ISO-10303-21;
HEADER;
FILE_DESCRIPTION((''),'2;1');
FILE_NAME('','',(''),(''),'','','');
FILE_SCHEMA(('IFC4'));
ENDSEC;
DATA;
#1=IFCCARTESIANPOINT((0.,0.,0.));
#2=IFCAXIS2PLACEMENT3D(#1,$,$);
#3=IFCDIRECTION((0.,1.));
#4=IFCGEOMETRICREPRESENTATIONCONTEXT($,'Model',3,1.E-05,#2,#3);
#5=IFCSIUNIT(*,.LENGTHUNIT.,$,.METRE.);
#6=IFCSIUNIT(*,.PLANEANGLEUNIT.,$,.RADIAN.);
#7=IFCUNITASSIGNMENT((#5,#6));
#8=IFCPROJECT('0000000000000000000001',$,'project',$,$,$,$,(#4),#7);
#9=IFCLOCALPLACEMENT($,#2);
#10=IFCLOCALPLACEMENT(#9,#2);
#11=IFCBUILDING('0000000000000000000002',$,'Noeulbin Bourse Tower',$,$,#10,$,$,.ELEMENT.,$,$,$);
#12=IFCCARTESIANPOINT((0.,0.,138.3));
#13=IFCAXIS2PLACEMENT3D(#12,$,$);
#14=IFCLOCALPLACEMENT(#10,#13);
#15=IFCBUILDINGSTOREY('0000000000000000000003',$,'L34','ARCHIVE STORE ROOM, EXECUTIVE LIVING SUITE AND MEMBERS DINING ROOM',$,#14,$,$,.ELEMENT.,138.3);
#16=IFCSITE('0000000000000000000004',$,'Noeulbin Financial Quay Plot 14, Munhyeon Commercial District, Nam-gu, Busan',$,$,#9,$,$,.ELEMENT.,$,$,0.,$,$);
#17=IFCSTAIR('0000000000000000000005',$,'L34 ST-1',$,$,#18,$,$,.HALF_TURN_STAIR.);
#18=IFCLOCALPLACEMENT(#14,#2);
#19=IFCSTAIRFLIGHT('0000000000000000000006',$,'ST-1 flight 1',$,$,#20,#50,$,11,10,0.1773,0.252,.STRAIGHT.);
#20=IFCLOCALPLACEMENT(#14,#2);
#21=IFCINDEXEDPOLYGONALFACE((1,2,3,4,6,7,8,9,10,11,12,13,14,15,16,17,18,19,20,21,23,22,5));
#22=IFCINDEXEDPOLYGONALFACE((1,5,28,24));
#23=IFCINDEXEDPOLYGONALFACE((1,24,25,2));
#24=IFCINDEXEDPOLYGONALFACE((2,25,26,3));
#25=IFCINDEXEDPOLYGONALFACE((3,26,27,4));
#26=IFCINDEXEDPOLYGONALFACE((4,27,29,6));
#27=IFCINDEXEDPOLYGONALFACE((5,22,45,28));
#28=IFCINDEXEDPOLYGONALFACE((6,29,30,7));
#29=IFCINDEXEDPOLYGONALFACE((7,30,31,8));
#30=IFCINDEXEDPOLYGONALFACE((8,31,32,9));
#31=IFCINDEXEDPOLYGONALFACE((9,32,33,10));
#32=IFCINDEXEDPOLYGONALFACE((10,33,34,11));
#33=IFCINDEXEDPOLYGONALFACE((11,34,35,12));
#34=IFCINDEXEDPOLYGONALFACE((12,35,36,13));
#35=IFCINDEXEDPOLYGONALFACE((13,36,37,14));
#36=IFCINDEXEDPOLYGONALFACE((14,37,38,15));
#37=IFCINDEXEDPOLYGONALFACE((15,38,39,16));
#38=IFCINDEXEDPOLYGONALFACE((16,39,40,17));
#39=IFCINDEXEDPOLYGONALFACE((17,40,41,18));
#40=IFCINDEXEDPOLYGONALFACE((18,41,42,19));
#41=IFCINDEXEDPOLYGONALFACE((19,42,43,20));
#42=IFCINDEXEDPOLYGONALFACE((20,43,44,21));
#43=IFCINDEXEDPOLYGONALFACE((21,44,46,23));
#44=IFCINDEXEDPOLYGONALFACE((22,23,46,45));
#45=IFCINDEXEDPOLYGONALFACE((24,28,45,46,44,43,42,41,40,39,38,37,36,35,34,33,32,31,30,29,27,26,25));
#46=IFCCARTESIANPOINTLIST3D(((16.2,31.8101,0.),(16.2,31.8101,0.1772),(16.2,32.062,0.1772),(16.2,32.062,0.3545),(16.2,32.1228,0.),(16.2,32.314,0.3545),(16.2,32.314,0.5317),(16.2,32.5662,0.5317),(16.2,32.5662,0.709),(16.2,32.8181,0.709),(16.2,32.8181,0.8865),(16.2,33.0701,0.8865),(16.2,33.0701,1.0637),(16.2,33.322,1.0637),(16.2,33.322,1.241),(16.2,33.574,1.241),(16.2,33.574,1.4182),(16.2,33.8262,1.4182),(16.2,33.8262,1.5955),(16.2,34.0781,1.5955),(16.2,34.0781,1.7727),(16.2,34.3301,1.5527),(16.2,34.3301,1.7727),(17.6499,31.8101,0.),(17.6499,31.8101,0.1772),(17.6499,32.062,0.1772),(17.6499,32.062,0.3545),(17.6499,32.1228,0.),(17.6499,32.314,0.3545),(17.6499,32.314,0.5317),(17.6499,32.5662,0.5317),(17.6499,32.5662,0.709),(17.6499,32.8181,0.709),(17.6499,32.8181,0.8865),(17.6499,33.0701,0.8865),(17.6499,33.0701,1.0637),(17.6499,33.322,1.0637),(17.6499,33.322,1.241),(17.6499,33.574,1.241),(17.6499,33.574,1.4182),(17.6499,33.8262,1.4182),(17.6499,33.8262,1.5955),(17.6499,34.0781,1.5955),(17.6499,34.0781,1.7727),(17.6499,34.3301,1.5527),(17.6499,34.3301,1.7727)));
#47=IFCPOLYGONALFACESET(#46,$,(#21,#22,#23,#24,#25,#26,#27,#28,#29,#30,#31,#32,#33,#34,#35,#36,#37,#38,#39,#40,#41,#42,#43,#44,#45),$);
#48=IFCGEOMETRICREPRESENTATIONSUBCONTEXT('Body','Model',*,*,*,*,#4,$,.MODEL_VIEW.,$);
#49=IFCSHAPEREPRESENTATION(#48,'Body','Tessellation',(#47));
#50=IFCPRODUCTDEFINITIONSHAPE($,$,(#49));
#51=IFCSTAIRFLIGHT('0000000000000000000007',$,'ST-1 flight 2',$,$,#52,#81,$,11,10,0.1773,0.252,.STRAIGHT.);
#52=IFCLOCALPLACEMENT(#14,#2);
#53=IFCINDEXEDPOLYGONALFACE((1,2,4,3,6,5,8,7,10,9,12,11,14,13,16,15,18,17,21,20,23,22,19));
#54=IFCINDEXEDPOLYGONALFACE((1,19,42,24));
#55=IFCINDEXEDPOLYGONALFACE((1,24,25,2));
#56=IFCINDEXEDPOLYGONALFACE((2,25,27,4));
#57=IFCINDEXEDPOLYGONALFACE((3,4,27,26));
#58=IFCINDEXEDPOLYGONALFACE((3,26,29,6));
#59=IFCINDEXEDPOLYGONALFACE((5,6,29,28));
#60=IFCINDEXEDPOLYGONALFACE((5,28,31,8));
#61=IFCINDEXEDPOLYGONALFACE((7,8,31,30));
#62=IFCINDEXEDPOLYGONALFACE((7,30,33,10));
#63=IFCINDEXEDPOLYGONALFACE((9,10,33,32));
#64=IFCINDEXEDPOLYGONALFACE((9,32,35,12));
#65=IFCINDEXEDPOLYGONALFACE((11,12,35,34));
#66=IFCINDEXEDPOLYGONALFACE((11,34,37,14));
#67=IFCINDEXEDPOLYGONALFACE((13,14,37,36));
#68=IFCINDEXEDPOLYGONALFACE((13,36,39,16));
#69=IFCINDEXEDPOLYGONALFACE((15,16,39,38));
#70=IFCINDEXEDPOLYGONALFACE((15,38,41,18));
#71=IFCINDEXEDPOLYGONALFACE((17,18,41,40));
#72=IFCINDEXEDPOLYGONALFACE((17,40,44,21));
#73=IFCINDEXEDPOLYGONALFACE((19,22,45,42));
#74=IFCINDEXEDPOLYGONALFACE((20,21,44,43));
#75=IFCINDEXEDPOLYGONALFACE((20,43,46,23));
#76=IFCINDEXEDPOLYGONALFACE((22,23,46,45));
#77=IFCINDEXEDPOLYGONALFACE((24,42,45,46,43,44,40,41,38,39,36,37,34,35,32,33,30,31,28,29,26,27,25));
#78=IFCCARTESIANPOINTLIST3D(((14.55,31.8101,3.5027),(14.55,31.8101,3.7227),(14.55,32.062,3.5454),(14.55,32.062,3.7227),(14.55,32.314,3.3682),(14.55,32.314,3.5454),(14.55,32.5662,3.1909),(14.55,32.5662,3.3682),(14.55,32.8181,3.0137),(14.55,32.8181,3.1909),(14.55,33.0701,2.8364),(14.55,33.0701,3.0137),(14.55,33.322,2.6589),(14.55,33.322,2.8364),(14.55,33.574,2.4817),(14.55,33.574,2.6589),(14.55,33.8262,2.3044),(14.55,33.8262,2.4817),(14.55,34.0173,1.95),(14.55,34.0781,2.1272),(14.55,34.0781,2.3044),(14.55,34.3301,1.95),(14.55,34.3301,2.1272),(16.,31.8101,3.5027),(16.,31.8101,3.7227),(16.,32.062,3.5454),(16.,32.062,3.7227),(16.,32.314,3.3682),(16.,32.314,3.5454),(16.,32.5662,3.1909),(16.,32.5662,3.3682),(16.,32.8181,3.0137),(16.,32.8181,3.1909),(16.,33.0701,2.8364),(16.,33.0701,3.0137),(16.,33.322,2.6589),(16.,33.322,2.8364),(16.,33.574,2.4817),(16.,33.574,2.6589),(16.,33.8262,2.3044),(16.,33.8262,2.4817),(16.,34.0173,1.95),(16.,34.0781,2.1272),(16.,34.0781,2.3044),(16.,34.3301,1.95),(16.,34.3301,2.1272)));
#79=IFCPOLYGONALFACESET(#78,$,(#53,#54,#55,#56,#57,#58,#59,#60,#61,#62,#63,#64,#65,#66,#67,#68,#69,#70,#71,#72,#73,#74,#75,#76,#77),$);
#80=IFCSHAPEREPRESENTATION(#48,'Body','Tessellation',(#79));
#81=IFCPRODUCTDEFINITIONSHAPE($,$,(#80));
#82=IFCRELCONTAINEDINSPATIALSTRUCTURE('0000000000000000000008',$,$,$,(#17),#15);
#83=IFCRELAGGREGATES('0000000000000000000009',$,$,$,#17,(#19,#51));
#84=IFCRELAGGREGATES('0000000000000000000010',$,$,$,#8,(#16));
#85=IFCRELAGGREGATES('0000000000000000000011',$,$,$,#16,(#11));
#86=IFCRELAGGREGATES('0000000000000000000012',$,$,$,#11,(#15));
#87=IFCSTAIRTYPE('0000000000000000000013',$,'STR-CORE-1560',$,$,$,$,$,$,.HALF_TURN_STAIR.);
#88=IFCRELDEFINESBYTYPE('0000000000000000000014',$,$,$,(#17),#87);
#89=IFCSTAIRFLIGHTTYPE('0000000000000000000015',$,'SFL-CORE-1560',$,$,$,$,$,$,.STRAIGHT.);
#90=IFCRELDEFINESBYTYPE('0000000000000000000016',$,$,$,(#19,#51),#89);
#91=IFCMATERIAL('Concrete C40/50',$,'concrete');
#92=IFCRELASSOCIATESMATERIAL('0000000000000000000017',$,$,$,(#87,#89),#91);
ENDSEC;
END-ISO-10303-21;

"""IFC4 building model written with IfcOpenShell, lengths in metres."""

from ifc_helpers import new_model, si_unit, direction, frame, origin, place, context, subcontext, project, spatial, polyline, outline, extrude, material, type_object, element, aggregate, save


model = new_model("IFC4")

# Units and contexts
model_context = context("Model", 3, precision=1e-05, world=origin(), true_north=direction((0.0, 1.0)))
body_context = subcontext(model_context, "Body", "Model", "MODEL_VIEW")
ifc_project = project(units=[si_unit("LENGTHUNIT", "METRE"), si_unit("PLANEANGLEUNIT", "RADIAN")], contexts=[model_context])

# Site, building, storey
site_placement = place(None, origin())
site = spatial("IfcSite", under=ifc_project, at=site_placement, Name="Noeulbin Financial Quay Plot 14, Munhyeon Commercial District, Nam-gu, Busan", CompositionType="ELEMENT", RefElevation=0.0)
building_placement = place(site_placement, origin())
building = spatial("IfcBuilding", under=site, at=building_placement, Name="Noeulbin Bourse Tower", CompositionType="ELEMENT")
storey_placement = place(building_placement, frame((0.0, 0.0, 138.3)))
storey = spatial("IfcBuildingStorey", under=building, at=storey_placement, Name="L34", Description="ARCHIVE STORE ROOM, EXECUTIVE LIVING SUITE AND MEMBERS DINING ROOM", CompositionType="ELEMENT", Elevation=138.3)

# Shared definitions
ifc_material_1 = material(Name="Concrete C40/50", Category="concrete")

# Stair, stair flights
stair_type = type_object("IfcStairType", Name="STR-CORE-1560", PredefinedType="HALF_TURN_STAIR", material=ifc_material_1)
stair_placement = place(storey_placement, origin())
stair = element("IfcStair", 1, at=stair_placement, inside=storey, type_object=stair_type, Name="L34 ST-1", PredefinedType="HALF_TURN_STAIR")
stair_flight_type = type_object("IfcStairFlightType", Name="SFL-CORE-1560", PredefinedType="STRAIGHT", material=ifc_material_1)
stair_flight_1_placement = place(storey_placement, frame((16.925, 31.8101, 0.0), z_axis=(0.0, 0.0, 1.0), x_axis=(0.0, 1.0, 0.0)))
stair_flight_1 = element("IfcStairFlight", 2, at=stair_flight_1_placement, type_object=stair_flight_type, Name="ST-1 flight 1", NumberOfRisers=11, NumberOfTreads=10, PredefinedType="STRAIGHT", RiserHeight=0.1773, TreadLength=0.252, context=body_context, shape_type="SweptSolid", body=[
    extrude(outline(polyline([(0.0, 0.0), (0.0, 0.1772), (0.252, 0.1772), (0.252, 0.3545), (0.5039, 0.3545), (0.5039, 0.5317), (0.7561, 0.5317), (0.7561, 0.709), (1.0081, 0.709), (1.0081, 0.8865), (1.26, 0.8865), (1.26, 1.0637), (1.512, 1.0637), (1.512, 1.241), (1.7639, 1.241), (1.7639, 1.4182), (2.0161, 1.4182), (2.0161, 1.5955), (2.2681, 1.5955), (2.2681, 1.7727), (2.52, 1.7727), (2.52, 1.95), (2.52, 1.5527), (0.3127, 0.0), (0.0, 0.0)])), frame((0.0, 0.7251, 0.0), z_axis=(0.0, -1.0, 0.0), x_axis=(1.0, 0.0, 0.0)), (0.0, 0.0, 1.0), 1.45),
])
stair_flight_2_placement = place(storey_placement, frame((15.2749, 34.3301, 1.95), z_axis=(0.0, 0.0, 1.0), x_axis=(0.0, -1.0, 0.0)))
stair_flight_2 = element("IfcStairFlight", 3, at=stair_flight_2_placement, type_object=stair_flight_type, Name="ST-1 flight 2", NumberOfRisers=11, NumberOfTreads=10, PredefinedType="STRAIGHT", RiserHeight=0.1773, TreadLength=0.252, context=body_context, shape_type="SweptSolid", body=[
    extrude(outline(polyline([(0.0, 0.0), (0.0, 0.1772), (0.252, 0.1772), (0.252, 0.3545), (0.5039, 0.3545), (0.5039, 0.5317), (0.7561, 0.5317), (0.7561, 0.709), (1.0081, 0.709), (1.0081, 0.8865), (1.26, 0.8865), (1.26, 1.0637), (1.512, 1.0637), (1.512, 1.241), (1.7639, 1.241), (1.7639, 1.4182), (2.0161, 1.4182), (2.0161, 1.5955), (2.2681, 1.5955), (2.2681, 1.7727), (2.52, 1.7727), (2.52, 1.95), (2.52, 1.5527), (0.3127, 0.0), (0.0, 0.0)])), frame((0.0, 0.7251, 0.0), z_axis=(0.0, -1.0, 0.0), x_axis=(1.0, 0.0, 0.0)), (0.0, 0.0, 1.0), 1.45),
])
aggregate(stair, [stair_flight_1, stair_flight_2])

save(model, "model.ifc")
